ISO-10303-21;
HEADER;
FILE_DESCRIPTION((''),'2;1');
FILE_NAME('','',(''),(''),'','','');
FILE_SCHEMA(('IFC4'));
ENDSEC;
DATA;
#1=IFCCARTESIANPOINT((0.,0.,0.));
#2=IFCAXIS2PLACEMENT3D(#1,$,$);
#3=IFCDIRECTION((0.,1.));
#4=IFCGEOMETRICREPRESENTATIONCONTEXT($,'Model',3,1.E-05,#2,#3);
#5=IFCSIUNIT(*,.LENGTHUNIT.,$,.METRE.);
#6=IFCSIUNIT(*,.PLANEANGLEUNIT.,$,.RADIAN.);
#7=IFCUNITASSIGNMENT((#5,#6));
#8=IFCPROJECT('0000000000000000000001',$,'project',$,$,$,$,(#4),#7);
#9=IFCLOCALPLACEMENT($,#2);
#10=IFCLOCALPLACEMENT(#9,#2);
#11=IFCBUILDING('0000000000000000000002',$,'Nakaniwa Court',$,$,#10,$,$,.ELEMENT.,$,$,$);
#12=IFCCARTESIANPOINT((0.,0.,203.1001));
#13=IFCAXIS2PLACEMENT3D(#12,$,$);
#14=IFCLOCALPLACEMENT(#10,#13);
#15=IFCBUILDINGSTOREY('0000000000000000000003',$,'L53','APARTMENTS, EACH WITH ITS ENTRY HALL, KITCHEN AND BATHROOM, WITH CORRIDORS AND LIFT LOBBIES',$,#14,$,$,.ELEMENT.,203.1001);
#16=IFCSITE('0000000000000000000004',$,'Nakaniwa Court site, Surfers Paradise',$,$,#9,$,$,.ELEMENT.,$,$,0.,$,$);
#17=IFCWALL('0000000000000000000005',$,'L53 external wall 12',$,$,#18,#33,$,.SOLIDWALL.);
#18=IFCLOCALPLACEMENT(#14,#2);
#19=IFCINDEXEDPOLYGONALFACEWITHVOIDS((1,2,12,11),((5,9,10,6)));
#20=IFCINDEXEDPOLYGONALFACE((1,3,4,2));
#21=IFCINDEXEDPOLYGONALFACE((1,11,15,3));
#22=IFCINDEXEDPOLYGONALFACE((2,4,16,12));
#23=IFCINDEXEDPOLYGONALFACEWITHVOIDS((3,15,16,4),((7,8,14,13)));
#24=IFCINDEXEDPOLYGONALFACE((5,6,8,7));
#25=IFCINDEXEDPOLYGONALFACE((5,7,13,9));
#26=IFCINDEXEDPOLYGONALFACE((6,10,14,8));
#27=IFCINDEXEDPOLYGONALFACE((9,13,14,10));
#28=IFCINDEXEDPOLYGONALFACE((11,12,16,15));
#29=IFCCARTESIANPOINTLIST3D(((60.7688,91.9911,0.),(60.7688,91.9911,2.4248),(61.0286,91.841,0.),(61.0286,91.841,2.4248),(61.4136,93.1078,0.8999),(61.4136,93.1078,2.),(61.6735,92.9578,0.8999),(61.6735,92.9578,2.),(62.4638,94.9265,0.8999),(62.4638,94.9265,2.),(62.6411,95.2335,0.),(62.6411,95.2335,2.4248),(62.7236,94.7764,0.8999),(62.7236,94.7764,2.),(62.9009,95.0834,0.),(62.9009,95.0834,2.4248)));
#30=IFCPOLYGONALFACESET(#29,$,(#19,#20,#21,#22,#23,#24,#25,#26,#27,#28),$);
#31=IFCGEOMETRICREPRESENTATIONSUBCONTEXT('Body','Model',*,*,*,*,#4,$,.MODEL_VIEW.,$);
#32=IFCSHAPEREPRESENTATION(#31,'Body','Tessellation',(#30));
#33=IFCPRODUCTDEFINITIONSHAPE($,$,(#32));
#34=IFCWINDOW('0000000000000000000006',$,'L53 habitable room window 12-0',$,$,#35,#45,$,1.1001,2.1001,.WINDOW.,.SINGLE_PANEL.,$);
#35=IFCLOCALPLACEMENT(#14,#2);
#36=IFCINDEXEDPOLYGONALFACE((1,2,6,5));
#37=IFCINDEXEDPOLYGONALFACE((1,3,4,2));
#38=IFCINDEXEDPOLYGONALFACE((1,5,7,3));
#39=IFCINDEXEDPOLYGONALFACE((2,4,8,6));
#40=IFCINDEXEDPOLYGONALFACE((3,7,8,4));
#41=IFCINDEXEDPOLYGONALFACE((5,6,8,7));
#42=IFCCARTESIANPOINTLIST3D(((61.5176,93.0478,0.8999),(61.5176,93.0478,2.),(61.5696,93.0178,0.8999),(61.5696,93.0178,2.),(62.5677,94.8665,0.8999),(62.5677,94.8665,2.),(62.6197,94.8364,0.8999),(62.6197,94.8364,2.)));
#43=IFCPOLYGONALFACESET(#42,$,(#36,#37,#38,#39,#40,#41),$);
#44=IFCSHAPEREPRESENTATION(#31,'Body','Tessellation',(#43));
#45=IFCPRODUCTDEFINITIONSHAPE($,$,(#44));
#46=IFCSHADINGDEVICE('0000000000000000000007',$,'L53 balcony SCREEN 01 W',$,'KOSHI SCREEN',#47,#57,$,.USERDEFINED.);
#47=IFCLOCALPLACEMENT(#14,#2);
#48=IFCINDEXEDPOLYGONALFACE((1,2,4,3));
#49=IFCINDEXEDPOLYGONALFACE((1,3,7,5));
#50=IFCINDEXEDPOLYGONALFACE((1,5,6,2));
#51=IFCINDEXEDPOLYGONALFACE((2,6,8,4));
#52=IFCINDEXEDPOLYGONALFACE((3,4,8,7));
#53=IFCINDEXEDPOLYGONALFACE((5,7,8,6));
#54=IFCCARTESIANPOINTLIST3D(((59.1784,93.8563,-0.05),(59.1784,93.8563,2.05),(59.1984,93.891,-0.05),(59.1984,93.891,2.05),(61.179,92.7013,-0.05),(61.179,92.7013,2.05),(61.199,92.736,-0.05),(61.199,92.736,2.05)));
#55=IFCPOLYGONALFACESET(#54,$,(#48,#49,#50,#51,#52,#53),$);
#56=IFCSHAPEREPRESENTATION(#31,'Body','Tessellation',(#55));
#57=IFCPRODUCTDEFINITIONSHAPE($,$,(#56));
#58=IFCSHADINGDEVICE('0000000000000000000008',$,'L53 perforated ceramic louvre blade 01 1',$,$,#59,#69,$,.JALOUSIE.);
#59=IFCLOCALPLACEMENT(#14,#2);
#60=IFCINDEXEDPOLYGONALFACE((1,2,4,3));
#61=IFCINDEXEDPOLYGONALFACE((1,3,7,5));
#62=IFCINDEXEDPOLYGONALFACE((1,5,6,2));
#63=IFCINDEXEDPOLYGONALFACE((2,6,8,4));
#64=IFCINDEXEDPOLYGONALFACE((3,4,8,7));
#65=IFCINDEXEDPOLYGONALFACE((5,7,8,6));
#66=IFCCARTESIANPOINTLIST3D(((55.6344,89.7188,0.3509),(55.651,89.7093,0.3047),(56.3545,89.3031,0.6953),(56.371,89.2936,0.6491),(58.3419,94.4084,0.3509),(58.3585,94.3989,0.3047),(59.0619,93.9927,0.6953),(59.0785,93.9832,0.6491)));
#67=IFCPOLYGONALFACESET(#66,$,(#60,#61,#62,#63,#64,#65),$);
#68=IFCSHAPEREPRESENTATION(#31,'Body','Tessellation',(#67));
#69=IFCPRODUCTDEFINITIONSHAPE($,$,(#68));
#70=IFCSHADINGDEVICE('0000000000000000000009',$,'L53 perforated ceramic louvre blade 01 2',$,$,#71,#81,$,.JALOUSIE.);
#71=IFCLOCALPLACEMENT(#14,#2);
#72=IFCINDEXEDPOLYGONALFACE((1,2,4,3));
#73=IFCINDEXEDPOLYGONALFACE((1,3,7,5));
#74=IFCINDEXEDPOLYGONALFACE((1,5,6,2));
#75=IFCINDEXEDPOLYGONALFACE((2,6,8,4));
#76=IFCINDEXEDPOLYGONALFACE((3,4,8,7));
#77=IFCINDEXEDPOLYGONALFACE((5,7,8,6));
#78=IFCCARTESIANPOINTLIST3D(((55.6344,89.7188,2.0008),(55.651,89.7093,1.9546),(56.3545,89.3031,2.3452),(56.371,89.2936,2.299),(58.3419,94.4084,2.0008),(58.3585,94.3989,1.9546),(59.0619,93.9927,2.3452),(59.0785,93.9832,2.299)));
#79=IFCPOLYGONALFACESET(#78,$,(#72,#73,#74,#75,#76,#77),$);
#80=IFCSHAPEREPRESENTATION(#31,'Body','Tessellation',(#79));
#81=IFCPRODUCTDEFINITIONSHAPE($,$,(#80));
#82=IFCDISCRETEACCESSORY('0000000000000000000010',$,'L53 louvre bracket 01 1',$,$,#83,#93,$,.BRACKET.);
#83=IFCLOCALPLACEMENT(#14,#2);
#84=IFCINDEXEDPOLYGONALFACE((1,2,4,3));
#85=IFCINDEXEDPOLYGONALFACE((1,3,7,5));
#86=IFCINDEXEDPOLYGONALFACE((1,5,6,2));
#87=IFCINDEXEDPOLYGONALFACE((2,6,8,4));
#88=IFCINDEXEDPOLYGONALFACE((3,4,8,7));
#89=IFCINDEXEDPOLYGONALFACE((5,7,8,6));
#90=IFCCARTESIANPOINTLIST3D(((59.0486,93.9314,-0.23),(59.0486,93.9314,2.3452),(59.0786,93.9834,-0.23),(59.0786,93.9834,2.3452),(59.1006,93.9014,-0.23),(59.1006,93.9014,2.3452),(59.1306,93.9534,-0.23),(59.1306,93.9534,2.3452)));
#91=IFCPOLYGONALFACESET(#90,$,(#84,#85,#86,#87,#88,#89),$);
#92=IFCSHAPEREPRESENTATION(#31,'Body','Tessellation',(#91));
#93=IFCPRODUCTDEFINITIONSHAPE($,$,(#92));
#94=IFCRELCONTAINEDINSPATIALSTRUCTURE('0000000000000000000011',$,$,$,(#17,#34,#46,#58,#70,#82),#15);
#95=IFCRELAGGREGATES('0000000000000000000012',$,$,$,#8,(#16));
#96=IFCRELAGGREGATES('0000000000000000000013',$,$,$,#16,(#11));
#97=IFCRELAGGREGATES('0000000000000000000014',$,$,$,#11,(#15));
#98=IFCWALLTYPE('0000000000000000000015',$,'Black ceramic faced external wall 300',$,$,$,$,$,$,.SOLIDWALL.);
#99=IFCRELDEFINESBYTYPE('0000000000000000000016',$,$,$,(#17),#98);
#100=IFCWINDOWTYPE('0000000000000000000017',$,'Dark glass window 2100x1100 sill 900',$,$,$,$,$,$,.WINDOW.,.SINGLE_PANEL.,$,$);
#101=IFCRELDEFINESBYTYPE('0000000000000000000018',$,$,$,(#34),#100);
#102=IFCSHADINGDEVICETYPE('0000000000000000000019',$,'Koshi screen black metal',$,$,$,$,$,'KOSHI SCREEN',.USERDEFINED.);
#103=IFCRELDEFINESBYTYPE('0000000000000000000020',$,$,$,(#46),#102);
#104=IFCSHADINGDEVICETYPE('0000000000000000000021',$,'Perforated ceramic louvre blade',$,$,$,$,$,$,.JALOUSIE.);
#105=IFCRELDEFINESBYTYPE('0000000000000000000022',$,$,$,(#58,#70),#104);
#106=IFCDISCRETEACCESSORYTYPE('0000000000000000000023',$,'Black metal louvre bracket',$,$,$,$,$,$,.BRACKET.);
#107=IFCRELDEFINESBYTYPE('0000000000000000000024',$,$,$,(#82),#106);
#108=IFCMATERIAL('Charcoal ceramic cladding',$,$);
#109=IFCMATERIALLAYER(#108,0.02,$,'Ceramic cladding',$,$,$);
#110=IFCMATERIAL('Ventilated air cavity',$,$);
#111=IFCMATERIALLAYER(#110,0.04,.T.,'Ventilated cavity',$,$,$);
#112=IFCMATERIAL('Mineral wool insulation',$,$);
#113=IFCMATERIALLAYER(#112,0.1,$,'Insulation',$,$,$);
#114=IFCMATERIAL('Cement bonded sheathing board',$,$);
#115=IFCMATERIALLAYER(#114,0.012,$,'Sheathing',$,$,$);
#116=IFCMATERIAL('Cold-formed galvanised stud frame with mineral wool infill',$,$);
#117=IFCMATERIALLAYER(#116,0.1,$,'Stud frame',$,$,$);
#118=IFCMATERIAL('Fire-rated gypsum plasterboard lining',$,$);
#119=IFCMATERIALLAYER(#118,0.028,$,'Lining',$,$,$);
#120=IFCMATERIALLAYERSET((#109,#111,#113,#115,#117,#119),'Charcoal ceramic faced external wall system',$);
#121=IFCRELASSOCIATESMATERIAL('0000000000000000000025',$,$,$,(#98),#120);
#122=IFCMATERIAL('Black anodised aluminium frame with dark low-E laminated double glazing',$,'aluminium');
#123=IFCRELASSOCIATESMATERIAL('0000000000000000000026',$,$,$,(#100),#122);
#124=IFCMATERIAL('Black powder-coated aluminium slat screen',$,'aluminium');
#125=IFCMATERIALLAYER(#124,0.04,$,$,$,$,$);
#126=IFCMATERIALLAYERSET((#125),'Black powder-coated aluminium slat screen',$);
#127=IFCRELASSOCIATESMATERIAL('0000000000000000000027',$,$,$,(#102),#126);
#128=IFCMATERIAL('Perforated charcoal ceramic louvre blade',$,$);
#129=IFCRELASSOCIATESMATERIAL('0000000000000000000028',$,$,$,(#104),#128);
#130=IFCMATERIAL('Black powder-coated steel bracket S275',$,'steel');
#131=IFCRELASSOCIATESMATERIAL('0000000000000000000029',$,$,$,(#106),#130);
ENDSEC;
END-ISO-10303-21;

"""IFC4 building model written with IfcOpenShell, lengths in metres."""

from ifc_helpers import new_model, si_unit, direction, frame, frame_2d, origin, origin_2d, place, context, subcontext, project, spatial, rectangle, extrude, material, layer, layer_set, material_profile, profile_set, type_object, element, fill, save


model = new_model("IFC4")

# Units and contexts
model_context = context("Model", 3, precision=1e-05, world=origin(), true_north=direction((0.0, 1.0)))
body_context = subcontext(model_context, "Body", "Model", "MODEL_VIEW")
ifc_project = project(units=[si_unit("LENGTHUNIT", "METRE"), si_unit("PLANEANGLEUNIT", "RADIAN")], contexts=[model_context])

# Site, building, storey
site_placement = place(None, origin())
site = spatial("IfcSite", under=ifc_project, at=site_placement, Name="Nakaniwa Court site, Surfers Paradise", CompositionType="ELEMENT", RefElevation=0.0)
building_placement = place(site_placement, origin())
building = spatial("IfcBuilding", under=site, at=building_placement, Name="Nakaniwa Court", CompositionType="ELEMENT")
storey_placement = place(building_placement, frame((0.0, 0.0, 203.1001)))
storey = spatial("IfcBuildingStorey", under=building, at=storey_placement, Name="L53", Description="APARTMENTS, EACH WITH ITS ENTRY HALL, KITCHEN AND BATHROOM, WITH CORRIDORS AND LIFT LOBBIES", CompositionType="ELEMENT", Elevation=203.1001)

# Wall, opening, window
ifc_material_1 = material(Name="Charcoal ceramic cladding")
ifc_layer_1 = layer(ifc_material_1, 0.02, Name="Ceramic cladding")
ifc_material_2 = material(Name="Ventilated air cavity")
ifc_layer_2 = layer(ifc_material_2, 0.04, ventilated=True, Name="Ventilated cavity")
ifc_material_3 = material(Name="Mineral wool insulation")
ifc_layer_3 = layer(ifc_material_3, 0.1, Name="Insulation")
ifc_material_4 = material(Name="Cement bonded sheathing board")
ifc_layer_4 = layer(ifc_material_4, 0.012, Name="Sheathing")
ifc_material_5 = material(Name="Cold-formed galvanised stud frame with mineral wool infill")
ifc_layer_5 = layer(ifc_material_5, 0.1, Name="Stud frame")
ifc_material_6 = material(Name="Fire-rated gypsum plasterboard lining")
ifc_layer_6 = layer(ifc_material_6, 0.028, Name="Lining")
ifc_layer_set_1 = layer_set([ifc_layer_1, ifc_layer_2, ifc_layer_3, ifc_layer_4, ifc_layer_5, ifc_layer_6], Name="Charcoal ceramic faced external wall system")
wall_type_1 = type_object("IfcWallType", Name="Black ceramic faced external wall 300", PredefinedType="SOLIDWALL", material=ifc_layer_set_1)
ifc_material_7 = material(Name="Black anodised aluminium frame with dark low-E laminated double glazing", Category="aluminium")
window_type_1 = type_object("IfcWindowType", Name="Dark glass window 2100x1100 sill 900", PartitioningType="SINGLE_PANEL", PredefinedType="WINDOW", material=ifc_material_7)
wall_1_placement = place(storey_placement, frame((62.771, 95.1584, 0.0), z_axis=(0.0, 0.0, 1.0), x_axis=(-0.500059, -0.865991, 0.0)))
wall_1 = element("IfcWall", 1, at=wall_1_placement, inside=storey, type_object=wall_type_1, Name="L53 external wall 12", PredefinedType="SOLIDWALL", context=body_context, shape_type="SweptSolid", body=[
    extrude(rectangle(XDim=3.7441, YDim=0.3, at=frame_2d((1.8721, 0.0))), origin(), (0.0, 0.0, 1.0), 2.4248),
])
opening_1_placement = place(wall_1_placement, frame((0.3545, 0.0, 0.8999)))
opening_1 = element("IfcOpeningElement", 2, at=opening_1_placement, cuts=wall_1, PredefinedType="OPENING", context=body_context, shape_type="SweptSolid", body=[
    extrude(rectangle(XDim=2.1001, YDim=1.1001, at=frame_2d((1.05, 0.55))), frame((0.0, 0.1599, 0.0), z_axis=(0.0, -1.0, 0.0), x_axis=(1.0, 0.0, 0.0)), (0.0, 0.0, 1.0), 0.3201),
])
window_1_placement = place(opening_1_placement, origin())
window_1 = element("IfcWindow", 3, at=window_1_placement, inside=storey, type_object=window_type_1, Name="L53 habitable room window 12-0", OverallHeight=1.1001, OverallWidth=2.1001, PartitioningType="SINGLE_PANEL", PredefinedType="WINDOW", context=body_context, shape_type="SweptSolid", body=[
    extrude(rectangle(XDim=2.1001, YDim=1.1001, at=frame_2d((1.05, 0.55))), frame((0.0, 0.03, 0.0), z_axis=(0.0, -1.0, 0.0), x_axis=(1.0, 0.0, 0.0)), (0.0, 0.0, 1.0), 0.0601),
])
fill(opening_1, window_1)

# Shading devices
ifc_material_8 = material(Name="Black powder-coated aluminium slat screen", Category="aluminium")
ifc_layer_7 = layer(ifc_material_8, 0.04)
ifc_layer_set_2 = layer_set([ifc_layer_7], Name="Black powder-coated aluminium slat screen")
shading_device_type_1 = type_object("IfcShadingDeviceType", Name="Koshi screen black metal", ElementType="KOSHI SCREEN", PredefinedType="USERDEFINED", material=ifc_layer_set_2)
shading_device_placement = place(storey_placement, frame((60.1887, 93.2961, -0.05), z_axis=(0.0, 0.0, 1.0), x_axis=(-0.499986, -0.866033, 0.0)))
element("IfcShadingDevice", 4, at=shading_device_placement, inside=storey, type_object=shading_device_type_1, Name="L53 balcony SCREEN 01 W", ObjectType="KOSHI SCREEN", PredefinedType="USERDEFINED", context=body_context, shape_type="SweptSolid", body=[
    extrude(rectangle(XDim=0.04, YDim=2.3101, at=origin_2d()), origin(), (0.0, 0.0, 1.0), 2.1001),
])
ifc_material_9 = material(Name="Perforated charcoal ceramic louvre blade")
ifc_material_profile_1 = material_profile(ifc_material_9, rectangle(XDim=0.8999, YDim=0.05, at=origin_2d()), Name="Perforated ceramic louvre blade")
ifc_profile_set_1 = profile_set([ifc_material_profile_1], Name="Perforated charcoal ceramic louvre blade")
shading_device_type_2 = type_object("IfcShadingDeviceType", Name="Perforated ceramic louvre blade", PredefinedType="JALOUSIE", material=ifc_profile_set_1)
for number, where, z_axis, x_axis, name in (
    (5, (58.7102, 94.1958, 0.5), (-0.499989, -0.866032, 0.0), (0.800109, -0.46193, 0.382683), "L53 perforated ceramic louvre blade 01 1"),
    (6, (58.7102, 94.1958, 2.1499), (-0.499989, -0.866032, 0.0), (0.800109, -0.46193, 0.382683), "L53 perforated ceramic louvre blade 01 2"),
):
    element("IfcShadingDevice", number, at=place(storey_placement, frame(where, z_axis=z_axis, x_axis=x_axis)), inside=storey, type_object=shading_device_type_2, Name=name, PredefinedType="JALOUSIE", context=body_context, shape_type="SweptSolid", body=[
        extrude(rectangle(XDim=0.8999, YDim=0.05, at=origin_2d()), origin(), (0.0, 0.0, 1.0), 5.415),
    ])

# Discrete accessory
ifc_material_10 = material(Name="Black powder-coated steel bracket S275", Category="steel")
discrete_accessory_type = type_object("IfcDiscreteAccessoryType", Name="Black metal louvre bracket", PredefinedType="BRACKET", material=ifc_material_10)
discrete_accessory_placement = place(storey_placement, frame((59.0896, 93.9424, -0.23), z_axis=(0.0, 0.0, 1.0), x_axis=(-0.499986, -0.866033, 0.0)))
element("IfcDiscreteAccessory", 7, at=discrete_accessory_placement, inside=storey, type_object=discrete_accessory_type, Name="L53 louvre bracket 01 1", PredefinedType="BRACKET", context=body_context, shape_type="SweptSolid", body=[
    extrude(rectangle(XDim=0.0601, YDim=0.0601, at=origin_2d()), origin(), (0.0, 0.0, 1.0), 2.5752),
])

save(model, "model.ifc")
